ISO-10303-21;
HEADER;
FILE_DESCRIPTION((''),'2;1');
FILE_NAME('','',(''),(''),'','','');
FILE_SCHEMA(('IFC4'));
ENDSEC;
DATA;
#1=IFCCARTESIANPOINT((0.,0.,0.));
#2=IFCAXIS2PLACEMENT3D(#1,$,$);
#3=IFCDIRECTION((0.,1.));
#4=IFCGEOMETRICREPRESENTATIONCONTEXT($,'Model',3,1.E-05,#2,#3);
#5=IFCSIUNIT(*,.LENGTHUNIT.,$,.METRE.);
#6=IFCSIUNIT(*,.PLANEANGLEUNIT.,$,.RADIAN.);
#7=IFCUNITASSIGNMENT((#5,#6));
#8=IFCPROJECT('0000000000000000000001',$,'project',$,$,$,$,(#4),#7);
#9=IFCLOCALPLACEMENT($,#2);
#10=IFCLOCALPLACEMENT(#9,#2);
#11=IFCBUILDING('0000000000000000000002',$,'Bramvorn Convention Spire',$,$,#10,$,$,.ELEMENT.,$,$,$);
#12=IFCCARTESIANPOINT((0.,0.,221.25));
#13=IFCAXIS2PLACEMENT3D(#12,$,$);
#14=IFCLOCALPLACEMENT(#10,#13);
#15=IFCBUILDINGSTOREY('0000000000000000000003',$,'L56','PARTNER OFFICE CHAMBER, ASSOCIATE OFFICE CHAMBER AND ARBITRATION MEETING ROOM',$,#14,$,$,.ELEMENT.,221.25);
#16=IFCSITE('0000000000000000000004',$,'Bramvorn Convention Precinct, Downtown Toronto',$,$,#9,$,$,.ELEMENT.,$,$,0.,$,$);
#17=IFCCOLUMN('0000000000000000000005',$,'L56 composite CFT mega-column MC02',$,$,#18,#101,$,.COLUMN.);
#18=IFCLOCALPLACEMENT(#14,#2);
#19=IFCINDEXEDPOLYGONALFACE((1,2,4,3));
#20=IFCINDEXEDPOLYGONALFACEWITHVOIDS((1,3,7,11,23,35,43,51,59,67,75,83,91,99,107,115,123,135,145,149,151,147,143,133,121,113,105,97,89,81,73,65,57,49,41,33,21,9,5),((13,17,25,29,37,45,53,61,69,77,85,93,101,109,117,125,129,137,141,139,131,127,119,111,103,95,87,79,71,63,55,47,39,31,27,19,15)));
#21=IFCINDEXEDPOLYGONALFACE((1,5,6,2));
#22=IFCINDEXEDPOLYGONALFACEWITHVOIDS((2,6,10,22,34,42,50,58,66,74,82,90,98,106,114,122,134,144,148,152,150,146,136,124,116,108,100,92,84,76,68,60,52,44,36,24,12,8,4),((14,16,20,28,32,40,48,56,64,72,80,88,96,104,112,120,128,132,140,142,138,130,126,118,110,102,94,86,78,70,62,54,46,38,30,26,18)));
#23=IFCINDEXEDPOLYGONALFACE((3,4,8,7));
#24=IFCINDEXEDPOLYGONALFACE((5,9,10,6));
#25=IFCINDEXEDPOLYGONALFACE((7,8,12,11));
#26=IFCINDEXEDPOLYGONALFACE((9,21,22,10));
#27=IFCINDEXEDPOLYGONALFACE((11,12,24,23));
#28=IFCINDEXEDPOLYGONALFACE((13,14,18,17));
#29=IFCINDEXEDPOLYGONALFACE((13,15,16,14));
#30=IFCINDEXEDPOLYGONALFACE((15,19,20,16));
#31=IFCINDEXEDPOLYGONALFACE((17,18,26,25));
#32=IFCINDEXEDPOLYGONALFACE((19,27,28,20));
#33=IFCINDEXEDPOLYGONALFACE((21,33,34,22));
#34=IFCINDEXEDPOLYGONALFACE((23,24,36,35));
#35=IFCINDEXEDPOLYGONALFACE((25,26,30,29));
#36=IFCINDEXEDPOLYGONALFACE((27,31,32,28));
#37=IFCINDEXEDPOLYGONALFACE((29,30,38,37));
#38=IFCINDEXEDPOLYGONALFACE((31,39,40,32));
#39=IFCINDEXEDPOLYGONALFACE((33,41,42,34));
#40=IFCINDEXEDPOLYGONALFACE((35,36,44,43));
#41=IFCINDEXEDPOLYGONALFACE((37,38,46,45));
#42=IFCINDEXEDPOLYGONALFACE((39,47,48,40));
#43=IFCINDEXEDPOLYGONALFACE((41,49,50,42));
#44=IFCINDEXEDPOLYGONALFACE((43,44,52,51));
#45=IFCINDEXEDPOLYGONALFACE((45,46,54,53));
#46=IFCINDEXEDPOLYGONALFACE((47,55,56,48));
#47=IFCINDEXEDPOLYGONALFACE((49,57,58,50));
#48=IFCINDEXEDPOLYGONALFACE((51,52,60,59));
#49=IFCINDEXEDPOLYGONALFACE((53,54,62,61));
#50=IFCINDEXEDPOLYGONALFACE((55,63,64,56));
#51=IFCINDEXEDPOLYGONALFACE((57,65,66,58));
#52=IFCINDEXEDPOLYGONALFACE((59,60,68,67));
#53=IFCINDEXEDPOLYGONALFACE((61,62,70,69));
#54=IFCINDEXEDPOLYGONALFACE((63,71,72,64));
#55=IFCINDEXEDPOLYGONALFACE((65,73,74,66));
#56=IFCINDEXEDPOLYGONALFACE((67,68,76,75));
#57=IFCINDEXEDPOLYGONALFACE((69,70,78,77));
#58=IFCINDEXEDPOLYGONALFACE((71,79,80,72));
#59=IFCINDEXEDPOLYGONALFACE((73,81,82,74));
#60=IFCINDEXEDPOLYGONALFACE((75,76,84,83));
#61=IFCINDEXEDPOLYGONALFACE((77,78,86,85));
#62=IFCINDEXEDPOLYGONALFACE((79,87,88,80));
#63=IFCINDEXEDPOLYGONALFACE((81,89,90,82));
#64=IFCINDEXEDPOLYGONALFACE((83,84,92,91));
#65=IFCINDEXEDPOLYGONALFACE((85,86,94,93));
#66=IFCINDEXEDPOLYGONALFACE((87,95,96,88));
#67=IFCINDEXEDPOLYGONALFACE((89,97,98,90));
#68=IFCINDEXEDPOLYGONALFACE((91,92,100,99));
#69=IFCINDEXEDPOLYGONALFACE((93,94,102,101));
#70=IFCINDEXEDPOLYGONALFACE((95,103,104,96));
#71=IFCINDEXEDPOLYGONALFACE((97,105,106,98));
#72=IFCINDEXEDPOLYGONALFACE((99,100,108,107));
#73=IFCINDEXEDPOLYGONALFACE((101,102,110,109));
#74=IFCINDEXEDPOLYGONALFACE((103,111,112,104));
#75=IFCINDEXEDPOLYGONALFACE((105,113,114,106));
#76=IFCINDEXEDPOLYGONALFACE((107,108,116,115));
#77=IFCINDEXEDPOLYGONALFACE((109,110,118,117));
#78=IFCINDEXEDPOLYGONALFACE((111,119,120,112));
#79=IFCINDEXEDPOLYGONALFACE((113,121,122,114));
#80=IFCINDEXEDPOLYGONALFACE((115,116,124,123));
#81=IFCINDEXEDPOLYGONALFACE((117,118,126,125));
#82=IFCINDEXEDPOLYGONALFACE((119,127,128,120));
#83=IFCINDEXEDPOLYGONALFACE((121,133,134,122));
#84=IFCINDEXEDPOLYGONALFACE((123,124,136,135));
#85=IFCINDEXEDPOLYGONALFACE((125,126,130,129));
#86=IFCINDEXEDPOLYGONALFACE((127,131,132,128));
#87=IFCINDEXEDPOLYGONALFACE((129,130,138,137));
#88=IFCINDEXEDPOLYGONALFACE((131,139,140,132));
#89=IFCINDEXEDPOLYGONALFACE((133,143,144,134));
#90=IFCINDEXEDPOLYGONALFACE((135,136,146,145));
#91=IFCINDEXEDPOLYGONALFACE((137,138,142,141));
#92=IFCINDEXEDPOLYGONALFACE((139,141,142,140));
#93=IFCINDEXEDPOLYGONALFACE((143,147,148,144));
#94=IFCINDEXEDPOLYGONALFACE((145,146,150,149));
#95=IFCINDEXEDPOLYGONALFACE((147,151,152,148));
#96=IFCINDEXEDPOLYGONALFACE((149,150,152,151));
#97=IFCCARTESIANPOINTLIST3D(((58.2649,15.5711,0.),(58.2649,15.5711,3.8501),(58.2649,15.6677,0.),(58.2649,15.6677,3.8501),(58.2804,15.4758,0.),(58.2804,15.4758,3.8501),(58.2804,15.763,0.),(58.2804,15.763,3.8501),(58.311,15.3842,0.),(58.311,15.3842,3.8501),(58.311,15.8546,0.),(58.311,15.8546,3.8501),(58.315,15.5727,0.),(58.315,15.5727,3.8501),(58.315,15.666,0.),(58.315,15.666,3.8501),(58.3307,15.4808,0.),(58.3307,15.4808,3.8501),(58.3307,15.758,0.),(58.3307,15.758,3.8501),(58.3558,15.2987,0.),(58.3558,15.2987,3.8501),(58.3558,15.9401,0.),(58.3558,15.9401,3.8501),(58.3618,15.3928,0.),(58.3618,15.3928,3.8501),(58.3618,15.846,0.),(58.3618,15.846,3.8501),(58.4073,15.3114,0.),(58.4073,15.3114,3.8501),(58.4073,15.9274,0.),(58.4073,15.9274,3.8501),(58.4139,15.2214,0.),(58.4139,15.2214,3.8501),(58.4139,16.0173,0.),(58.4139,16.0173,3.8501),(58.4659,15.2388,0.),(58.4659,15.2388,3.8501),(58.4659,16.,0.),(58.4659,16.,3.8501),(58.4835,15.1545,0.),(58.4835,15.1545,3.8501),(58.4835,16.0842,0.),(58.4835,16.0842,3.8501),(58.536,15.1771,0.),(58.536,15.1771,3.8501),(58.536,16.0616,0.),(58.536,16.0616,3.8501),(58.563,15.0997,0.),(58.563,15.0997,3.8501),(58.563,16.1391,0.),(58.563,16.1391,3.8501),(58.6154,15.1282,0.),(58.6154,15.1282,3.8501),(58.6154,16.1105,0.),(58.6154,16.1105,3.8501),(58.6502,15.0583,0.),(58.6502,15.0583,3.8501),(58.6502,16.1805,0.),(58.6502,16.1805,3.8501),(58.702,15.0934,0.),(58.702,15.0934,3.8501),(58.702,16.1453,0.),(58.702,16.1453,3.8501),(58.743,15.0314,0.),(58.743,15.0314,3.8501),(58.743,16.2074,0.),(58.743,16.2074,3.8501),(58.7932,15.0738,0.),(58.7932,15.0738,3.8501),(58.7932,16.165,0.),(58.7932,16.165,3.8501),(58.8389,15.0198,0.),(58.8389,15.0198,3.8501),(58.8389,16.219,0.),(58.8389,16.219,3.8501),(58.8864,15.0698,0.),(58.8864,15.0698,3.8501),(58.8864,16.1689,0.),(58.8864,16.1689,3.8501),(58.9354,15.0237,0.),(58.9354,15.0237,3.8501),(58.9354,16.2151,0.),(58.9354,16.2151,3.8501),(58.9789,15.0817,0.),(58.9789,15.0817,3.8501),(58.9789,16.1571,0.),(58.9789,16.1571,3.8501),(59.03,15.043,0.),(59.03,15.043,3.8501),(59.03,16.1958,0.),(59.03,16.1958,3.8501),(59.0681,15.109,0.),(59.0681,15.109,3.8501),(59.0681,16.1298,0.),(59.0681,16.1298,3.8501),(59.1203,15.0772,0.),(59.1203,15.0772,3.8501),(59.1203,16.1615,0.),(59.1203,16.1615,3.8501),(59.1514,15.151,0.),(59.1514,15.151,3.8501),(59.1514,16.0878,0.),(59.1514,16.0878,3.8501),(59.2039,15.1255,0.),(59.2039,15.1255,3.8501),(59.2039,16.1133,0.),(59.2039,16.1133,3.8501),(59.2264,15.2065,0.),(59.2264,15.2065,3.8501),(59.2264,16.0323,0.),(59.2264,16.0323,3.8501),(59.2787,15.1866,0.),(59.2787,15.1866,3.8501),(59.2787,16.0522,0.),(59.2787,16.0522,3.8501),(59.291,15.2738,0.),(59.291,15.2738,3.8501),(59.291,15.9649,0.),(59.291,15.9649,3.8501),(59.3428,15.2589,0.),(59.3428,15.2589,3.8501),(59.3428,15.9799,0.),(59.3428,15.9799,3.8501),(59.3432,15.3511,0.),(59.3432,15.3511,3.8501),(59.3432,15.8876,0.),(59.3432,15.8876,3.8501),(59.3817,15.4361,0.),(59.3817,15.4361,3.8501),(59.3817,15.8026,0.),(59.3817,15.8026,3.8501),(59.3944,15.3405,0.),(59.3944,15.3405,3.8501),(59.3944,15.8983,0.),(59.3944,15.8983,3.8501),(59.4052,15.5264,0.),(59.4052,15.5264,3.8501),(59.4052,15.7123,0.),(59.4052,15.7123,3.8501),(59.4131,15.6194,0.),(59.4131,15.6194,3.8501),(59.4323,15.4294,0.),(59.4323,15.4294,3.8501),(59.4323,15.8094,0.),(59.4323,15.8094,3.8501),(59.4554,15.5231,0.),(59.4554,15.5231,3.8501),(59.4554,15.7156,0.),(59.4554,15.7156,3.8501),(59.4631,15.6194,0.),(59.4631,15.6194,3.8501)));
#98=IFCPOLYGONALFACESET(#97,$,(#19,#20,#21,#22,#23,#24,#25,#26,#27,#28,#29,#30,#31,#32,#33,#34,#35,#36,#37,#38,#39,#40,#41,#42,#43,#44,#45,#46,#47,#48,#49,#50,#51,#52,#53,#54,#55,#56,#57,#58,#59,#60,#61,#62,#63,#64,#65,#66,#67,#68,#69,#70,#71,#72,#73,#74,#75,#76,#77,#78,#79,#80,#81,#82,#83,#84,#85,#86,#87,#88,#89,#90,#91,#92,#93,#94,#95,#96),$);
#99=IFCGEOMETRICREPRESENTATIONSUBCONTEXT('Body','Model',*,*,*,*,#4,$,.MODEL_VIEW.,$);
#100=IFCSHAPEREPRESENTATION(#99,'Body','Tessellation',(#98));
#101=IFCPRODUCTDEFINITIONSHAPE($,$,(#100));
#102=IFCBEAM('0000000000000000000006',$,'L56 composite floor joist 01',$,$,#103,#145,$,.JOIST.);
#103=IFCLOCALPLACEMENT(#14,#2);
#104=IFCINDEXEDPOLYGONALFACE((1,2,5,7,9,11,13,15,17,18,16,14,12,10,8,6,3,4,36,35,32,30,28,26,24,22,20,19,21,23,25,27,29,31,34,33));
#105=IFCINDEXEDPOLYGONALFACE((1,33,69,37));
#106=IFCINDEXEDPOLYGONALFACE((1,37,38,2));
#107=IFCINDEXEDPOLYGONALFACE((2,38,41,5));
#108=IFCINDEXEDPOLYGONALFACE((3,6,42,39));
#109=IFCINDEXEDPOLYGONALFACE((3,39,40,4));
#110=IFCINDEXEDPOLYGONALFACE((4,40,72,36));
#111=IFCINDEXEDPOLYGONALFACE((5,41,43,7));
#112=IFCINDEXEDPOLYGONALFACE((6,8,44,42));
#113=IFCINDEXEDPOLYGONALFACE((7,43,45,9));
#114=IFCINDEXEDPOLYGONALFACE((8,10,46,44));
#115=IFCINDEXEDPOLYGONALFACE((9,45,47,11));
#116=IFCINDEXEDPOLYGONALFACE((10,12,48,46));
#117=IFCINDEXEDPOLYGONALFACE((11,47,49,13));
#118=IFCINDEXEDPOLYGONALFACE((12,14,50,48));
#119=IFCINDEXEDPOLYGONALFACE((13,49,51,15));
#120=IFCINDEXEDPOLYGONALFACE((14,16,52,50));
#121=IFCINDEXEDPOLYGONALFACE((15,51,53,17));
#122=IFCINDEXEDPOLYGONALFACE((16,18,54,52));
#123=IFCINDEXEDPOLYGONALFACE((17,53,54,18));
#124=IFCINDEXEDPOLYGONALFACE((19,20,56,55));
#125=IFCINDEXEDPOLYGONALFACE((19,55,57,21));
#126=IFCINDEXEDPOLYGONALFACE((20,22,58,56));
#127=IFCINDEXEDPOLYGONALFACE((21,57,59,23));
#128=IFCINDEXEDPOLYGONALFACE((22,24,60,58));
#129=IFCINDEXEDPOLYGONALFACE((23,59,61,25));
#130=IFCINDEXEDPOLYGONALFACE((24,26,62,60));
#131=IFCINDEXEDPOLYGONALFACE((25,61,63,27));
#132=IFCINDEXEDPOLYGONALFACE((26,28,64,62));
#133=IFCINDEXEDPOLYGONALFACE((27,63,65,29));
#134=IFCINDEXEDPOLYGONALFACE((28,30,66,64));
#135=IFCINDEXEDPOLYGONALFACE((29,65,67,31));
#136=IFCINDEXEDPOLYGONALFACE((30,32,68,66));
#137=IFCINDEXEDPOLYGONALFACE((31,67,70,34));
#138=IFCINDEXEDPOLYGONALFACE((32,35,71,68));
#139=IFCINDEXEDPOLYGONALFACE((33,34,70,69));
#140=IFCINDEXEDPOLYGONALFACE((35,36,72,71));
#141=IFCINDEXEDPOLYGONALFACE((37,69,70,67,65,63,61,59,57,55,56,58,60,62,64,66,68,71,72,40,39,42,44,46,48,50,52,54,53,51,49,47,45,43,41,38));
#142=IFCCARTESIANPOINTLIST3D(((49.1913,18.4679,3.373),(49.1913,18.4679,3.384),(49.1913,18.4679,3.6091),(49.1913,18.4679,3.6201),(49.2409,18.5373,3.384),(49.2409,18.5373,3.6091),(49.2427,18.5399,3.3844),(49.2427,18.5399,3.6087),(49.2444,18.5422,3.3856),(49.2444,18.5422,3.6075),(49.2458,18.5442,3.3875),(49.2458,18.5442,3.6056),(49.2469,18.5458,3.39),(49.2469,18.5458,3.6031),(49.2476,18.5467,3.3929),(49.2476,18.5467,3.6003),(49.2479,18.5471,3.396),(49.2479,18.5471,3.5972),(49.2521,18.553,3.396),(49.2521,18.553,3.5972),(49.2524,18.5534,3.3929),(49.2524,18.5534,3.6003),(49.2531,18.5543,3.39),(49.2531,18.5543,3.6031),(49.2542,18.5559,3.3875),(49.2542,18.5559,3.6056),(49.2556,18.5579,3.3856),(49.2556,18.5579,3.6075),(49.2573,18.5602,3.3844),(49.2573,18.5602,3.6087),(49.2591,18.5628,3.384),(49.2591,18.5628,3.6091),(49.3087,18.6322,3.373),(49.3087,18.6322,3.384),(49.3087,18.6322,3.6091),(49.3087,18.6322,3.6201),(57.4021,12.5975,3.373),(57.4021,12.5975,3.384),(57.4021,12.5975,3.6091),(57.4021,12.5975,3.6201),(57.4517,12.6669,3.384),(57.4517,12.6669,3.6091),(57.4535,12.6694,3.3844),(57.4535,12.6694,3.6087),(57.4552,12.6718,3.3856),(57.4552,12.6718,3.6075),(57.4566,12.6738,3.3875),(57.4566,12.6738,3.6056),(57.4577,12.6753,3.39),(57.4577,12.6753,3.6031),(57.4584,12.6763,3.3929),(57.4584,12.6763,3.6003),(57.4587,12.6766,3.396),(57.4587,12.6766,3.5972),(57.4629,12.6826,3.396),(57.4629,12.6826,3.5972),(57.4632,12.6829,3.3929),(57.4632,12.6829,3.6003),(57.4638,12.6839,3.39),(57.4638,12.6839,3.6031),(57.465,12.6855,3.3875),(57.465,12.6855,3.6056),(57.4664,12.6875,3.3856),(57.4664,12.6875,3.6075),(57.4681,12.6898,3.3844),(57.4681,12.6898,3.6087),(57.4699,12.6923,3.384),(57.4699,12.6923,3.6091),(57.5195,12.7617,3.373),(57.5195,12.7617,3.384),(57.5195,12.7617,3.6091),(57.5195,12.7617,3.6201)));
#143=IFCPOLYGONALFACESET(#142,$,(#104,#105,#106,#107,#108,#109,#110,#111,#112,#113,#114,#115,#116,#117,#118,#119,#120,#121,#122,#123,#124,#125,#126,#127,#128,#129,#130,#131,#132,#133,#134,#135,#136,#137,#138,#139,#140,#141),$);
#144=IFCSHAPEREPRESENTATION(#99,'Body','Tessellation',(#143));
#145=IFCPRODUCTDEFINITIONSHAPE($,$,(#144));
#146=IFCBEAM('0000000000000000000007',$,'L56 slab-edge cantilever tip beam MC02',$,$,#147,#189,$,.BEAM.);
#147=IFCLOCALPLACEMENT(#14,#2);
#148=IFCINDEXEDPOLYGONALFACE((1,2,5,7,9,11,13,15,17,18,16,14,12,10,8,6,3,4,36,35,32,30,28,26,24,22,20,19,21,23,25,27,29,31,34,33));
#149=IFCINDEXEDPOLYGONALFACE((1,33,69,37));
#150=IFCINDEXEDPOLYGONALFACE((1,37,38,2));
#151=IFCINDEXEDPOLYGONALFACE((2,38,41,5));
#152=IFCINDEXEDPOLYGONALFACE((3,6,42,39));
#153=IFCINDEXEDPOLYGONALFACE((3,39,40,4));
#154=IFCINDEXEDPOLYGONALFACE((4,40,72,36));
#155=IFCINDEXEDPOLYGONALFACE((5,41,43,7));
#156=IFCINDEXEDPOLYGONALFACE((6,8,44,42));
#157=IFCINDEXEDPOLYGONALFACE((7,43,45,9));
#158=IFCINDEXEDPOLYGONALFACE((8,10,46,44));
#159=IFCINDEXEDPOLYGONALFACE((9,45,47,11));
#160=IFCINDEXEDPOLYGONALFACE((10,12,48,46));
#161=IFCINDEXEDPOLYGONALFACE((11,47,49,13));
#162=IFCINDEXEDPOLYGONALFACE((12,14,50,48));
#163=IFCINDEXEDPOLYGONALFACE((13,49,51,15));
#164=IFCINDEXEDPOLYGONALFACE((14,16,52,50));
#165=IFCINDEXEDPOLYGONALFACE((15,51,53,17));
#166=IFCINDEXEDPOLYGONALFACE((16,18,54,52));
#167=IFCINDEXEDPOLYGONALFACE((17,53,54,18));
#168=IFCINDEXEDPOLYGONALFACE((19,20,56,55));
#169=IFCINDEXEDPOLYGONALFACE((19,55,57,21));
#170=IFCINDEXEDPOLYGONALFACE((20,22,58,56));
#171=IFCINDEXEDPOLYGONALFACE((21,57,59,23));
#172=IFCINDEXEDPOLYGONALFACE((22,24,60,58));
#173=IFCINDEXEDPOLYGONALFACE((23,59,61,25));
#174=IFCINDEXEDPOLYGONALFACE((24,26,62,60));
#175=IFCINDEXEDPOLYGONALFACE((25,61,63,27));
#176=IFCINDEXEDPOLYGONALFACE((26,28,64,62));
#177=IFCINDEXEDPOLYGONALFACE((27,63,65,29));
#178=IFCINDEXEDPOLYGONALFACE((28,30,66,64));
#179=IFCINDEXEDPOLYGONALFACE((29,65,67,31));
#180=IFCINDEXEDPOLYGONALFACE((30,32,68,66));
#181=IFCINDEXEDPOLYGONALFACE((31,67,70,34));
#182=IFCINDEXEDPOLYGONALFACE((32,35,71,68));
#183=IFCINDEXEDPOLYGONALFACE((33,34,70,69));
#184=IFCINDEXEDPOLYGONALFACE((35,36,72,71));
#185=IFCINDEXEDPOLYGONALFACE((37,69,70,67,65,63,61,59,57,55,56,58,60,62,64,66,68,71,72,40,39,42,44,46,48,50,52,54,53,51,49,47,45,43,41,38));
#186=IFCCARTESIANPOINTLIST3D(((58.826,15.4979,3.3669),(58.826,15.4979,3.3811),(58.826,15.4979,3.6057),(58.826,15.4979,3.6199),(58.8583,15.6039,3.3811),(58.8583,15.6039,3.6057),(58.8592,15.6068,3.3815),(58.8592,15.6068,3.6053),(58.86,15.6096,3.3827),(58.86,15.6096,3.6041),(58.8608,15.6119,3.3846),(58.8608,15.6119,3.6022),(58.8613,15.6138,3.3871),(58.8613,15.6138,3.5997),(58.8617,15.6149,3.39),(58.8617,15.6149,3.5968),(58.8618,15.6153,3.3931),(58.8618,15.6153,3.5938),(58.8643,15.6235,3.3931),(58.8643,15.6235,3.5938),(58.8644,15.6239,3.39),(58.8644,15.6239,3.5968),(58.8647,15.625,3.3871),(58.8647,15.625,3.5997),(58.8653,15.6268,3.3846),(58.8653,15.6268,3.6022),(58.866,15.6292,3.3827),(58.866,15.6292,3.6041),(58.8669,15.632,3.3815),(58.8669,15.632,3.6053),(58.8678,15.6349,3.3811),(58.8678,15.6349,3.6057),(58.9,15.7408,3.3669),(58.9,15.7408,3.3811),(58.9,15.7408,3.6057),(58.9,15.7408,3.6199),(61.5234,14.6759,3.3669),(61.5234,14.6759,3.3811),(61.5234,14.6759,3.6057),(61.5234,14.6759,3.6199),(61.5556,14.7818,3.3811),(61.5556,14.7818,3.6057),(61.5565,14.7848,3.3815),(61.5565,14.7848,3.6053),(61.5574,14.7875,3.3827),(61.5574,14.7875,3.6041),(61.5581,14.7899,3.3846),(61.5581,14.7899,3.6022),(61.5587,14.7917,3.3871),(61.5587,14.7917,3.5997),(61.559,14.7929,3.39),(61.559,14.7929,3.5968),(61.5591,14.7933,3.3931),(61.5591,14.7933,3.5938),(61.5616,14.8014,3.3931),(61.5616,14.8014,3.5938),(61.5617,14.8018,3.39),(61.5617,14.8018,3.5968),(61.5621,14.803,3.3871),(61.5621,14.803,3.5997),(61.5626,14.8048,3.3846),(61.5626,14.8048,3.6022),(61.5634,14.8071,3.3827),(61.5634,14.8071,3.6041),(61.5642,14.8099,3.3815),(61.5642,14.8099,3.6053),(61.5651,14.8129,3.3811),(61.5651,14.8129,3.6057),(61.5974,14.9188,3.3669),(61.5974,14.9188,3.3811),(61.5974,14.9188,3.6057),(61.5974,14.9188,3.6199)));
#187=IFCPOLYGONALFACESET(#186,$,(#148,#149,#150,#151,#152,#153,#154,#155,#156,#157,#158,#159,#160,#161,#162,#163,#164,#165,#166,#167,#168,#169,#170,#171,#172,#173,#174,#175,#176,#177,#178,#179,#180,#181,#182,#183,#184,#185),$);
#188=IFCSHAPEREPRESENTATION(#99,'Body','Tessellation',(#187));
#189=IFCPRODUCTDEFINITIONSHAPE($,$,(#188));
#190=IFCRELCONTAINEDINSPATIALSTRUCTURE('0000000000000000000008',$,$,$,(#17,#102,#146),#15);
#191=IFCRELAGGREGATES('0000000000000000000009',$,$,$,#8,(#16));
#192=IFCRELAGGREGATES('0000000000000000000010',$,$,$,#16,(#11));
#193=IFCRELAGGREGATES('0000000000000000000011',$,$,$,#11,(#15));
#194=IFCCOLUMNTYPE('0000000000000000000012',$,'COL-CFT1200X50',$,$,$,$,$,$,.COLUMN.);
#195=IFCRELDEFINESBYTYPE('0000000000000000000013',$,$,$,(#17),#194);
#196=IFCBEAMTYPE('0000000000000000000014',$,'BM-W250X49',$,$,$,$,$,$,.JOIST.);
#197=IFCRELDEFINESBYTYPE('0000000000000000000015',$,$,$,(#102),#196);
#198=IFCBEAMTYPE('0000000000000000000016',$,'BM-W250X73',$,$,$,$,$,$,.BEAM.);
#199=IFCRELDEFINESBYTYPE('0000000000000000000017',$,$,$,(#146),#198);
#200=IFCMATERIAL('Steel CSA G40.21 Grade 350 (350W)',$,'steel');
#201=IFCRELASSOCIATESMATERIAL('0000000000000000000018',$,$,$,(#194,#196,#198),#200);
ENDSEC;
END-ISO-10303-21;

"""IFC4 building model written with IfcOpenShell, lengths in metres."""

from ifc_helpers import new_model, si_unit, direction, frame, origin, origin_2d, place, context, subcontext, project, spatial, hollow_circle, i_section, extrude, material, material_profile, profile_set, type_object, element, save


model = new_model("IFC4")

# Units and contexts
model_context = context("Model", 3, precision=1e-05, world=origin(), true_north=direction((0.0, 1.0)))
body_context = subcontext(model_context, "Body", "Model", "MODEL_VIEW")
ifc_project = project(units=[si_unit("LENGTHUNIT", "METRE"), si_unit("PLANEANGLEUNIT", "RADIAN")], contexts=[model_context])

# Site, building, storey
site_placement = place(None, origin())
site = spatial("IfcSite", under=ifc_project, at=site_placement, Name="Bramvorn Convention Precinct, Downtown Toronto", CompositionType="ELEMENT", RefElevation=0.0)
building_placement = place(site_placement, origin())
building = spatial("IfcBuilding", under=site, at=building_placement, Name="Bramvorn Convention Spire", CompositionType="ELEMENT")
storey_placement = place(building_placement, frame((0.0, 0.0, 221.25)))
storey = spatial("IfcBuildingStorey", under=building, at=storey_placement, Name="L56", Description="PARTNER OFFICE CHAMBER, ASSOCIATE OFFICE CHAMBER AND ARBITRATION MEETING ROOM", CompositionType="ELEMENT", Elevation=221.25)

# Column
ifc_material_1 = material(Name="Steel CSA G40.21 Grade 350 (350W)", Category="steel")
ifc_material_profile_1 = material_profile(ifc_material_1, hollow_circle(Radius=0.6001, WallThickness=0.05, at=origin_2d()))
ifc_profile_set_1 = profile_set([ifc_material_profile_1], Name="Steel CSA G40.21 Grade 350 (350W) - CFT1200X50")
column_type = type_object("IfcColumnType", Name="COL-CFT1200X50", PredefinedType="COLUMN", material=ifc_profile_set_1)
column_placement = place(storey_placement, frame((58.863, 15.6194, 0.0), z_axis=(0.0, 0.0, 1.0), x_axis=(1.0, 0.0, 0.0)))
element("IfcColumn", 1, at=column_placement, inside=storey, type_object=column_type, Name="L56 composite CFT mega-column MC02", PredefinedType="COLUMN", context=body_context, shape_type="SweptSolid", body=[
    extrude(hollow_circle(Radius=0.6001, WallThickness=0.05, at=origin_2d()), origin(), (0.0, 0.0, 1.0), 3.8501),
])

# Beams
ifc_material_profile_2 = material_profile(ifc_material_1, i_section(OverallWidth=0.2019, OverallDepth=0.2471, WebThickness=0.0073, FlangeThickness=0.011, FilletRadius=0.012, at=origin_2d()))
ifc_profile_set_2 = profile_set([ifc_material_profile_2], Name="Steel CSA G40.21 Grade 350 (350W) - W250X49")
beam_type_1 = type_object("IfcBeamType", Name="BM-W250X49", PredefinedType="JOIST", material=ifc_profile_set_2)
beam_1_placement = place(storey_placement, frame((49.25, 18.55, 3.4966), z_axis=(0.813472, -0.581604, 0.0), x_axis=(0.581604, 0.813472, 0.0)))
element("IfcBeam", 2, at=beam_1_placement, inside=storey, type_object=beam_type_1, Name="L56 composite floor joist 01", PredefinedType="JOIST", context=body_context, shape_type="SweptSolid", body=[
    extrude(i_section(OverallWidth=0.2019, OverallDepth=0.2471, WebThickness=0.0073, FlangeThickness=0.011, FilletRadius=0.012, at=origin_2d()), origin(), (0.0, 0.0, 1.0), 10.0935),
])
ifc_material_profile_3 = material_profile(ifc_material_1, i_section(OverallWidth=0.2539, OverallDepth=0.2529, WebThickness=0.0085, FlangeThickness=0.0142, FilletRadius=0.012, at=origin_2d()))
ifc_profile_set_3 = profile_set([ifc_material_profile_3], Name="Steel CSA G40.21 Grade 350 (350W) - W250X73")
beam_type_2 = type_object("IfcBeamType", Name="BM-W250X73", PredefinedType="BEAM", material=ifc_profile_set_3)
beam_2_placement = place(storey_placement, frame((58.863, 15.6194, 3.4934), z_axis=(0.956564, -0.291523, 0.0), x_axis=(0.291523, 0.956564, 0.0)))
element("IfcBeam", 3, at=beam_2_placement, inside=storey, type_object=beam_type_2, Name="L56 slab-edge cantilever tip beam MC02", PredefinedType="BEAM", context=body_context, shape_type="SweptSolid", body=[
    extrude(i_section(OverallWidth=0.2539, OverallDepth=0.2529, WebThickness=0.0085, FlangeThickness=0.0142, FilletRadius=0.012, at=origin_2d()), origin(), (0.0, 0.0, 1.0), 2.8198),
])

save(model, "model.ifc")
